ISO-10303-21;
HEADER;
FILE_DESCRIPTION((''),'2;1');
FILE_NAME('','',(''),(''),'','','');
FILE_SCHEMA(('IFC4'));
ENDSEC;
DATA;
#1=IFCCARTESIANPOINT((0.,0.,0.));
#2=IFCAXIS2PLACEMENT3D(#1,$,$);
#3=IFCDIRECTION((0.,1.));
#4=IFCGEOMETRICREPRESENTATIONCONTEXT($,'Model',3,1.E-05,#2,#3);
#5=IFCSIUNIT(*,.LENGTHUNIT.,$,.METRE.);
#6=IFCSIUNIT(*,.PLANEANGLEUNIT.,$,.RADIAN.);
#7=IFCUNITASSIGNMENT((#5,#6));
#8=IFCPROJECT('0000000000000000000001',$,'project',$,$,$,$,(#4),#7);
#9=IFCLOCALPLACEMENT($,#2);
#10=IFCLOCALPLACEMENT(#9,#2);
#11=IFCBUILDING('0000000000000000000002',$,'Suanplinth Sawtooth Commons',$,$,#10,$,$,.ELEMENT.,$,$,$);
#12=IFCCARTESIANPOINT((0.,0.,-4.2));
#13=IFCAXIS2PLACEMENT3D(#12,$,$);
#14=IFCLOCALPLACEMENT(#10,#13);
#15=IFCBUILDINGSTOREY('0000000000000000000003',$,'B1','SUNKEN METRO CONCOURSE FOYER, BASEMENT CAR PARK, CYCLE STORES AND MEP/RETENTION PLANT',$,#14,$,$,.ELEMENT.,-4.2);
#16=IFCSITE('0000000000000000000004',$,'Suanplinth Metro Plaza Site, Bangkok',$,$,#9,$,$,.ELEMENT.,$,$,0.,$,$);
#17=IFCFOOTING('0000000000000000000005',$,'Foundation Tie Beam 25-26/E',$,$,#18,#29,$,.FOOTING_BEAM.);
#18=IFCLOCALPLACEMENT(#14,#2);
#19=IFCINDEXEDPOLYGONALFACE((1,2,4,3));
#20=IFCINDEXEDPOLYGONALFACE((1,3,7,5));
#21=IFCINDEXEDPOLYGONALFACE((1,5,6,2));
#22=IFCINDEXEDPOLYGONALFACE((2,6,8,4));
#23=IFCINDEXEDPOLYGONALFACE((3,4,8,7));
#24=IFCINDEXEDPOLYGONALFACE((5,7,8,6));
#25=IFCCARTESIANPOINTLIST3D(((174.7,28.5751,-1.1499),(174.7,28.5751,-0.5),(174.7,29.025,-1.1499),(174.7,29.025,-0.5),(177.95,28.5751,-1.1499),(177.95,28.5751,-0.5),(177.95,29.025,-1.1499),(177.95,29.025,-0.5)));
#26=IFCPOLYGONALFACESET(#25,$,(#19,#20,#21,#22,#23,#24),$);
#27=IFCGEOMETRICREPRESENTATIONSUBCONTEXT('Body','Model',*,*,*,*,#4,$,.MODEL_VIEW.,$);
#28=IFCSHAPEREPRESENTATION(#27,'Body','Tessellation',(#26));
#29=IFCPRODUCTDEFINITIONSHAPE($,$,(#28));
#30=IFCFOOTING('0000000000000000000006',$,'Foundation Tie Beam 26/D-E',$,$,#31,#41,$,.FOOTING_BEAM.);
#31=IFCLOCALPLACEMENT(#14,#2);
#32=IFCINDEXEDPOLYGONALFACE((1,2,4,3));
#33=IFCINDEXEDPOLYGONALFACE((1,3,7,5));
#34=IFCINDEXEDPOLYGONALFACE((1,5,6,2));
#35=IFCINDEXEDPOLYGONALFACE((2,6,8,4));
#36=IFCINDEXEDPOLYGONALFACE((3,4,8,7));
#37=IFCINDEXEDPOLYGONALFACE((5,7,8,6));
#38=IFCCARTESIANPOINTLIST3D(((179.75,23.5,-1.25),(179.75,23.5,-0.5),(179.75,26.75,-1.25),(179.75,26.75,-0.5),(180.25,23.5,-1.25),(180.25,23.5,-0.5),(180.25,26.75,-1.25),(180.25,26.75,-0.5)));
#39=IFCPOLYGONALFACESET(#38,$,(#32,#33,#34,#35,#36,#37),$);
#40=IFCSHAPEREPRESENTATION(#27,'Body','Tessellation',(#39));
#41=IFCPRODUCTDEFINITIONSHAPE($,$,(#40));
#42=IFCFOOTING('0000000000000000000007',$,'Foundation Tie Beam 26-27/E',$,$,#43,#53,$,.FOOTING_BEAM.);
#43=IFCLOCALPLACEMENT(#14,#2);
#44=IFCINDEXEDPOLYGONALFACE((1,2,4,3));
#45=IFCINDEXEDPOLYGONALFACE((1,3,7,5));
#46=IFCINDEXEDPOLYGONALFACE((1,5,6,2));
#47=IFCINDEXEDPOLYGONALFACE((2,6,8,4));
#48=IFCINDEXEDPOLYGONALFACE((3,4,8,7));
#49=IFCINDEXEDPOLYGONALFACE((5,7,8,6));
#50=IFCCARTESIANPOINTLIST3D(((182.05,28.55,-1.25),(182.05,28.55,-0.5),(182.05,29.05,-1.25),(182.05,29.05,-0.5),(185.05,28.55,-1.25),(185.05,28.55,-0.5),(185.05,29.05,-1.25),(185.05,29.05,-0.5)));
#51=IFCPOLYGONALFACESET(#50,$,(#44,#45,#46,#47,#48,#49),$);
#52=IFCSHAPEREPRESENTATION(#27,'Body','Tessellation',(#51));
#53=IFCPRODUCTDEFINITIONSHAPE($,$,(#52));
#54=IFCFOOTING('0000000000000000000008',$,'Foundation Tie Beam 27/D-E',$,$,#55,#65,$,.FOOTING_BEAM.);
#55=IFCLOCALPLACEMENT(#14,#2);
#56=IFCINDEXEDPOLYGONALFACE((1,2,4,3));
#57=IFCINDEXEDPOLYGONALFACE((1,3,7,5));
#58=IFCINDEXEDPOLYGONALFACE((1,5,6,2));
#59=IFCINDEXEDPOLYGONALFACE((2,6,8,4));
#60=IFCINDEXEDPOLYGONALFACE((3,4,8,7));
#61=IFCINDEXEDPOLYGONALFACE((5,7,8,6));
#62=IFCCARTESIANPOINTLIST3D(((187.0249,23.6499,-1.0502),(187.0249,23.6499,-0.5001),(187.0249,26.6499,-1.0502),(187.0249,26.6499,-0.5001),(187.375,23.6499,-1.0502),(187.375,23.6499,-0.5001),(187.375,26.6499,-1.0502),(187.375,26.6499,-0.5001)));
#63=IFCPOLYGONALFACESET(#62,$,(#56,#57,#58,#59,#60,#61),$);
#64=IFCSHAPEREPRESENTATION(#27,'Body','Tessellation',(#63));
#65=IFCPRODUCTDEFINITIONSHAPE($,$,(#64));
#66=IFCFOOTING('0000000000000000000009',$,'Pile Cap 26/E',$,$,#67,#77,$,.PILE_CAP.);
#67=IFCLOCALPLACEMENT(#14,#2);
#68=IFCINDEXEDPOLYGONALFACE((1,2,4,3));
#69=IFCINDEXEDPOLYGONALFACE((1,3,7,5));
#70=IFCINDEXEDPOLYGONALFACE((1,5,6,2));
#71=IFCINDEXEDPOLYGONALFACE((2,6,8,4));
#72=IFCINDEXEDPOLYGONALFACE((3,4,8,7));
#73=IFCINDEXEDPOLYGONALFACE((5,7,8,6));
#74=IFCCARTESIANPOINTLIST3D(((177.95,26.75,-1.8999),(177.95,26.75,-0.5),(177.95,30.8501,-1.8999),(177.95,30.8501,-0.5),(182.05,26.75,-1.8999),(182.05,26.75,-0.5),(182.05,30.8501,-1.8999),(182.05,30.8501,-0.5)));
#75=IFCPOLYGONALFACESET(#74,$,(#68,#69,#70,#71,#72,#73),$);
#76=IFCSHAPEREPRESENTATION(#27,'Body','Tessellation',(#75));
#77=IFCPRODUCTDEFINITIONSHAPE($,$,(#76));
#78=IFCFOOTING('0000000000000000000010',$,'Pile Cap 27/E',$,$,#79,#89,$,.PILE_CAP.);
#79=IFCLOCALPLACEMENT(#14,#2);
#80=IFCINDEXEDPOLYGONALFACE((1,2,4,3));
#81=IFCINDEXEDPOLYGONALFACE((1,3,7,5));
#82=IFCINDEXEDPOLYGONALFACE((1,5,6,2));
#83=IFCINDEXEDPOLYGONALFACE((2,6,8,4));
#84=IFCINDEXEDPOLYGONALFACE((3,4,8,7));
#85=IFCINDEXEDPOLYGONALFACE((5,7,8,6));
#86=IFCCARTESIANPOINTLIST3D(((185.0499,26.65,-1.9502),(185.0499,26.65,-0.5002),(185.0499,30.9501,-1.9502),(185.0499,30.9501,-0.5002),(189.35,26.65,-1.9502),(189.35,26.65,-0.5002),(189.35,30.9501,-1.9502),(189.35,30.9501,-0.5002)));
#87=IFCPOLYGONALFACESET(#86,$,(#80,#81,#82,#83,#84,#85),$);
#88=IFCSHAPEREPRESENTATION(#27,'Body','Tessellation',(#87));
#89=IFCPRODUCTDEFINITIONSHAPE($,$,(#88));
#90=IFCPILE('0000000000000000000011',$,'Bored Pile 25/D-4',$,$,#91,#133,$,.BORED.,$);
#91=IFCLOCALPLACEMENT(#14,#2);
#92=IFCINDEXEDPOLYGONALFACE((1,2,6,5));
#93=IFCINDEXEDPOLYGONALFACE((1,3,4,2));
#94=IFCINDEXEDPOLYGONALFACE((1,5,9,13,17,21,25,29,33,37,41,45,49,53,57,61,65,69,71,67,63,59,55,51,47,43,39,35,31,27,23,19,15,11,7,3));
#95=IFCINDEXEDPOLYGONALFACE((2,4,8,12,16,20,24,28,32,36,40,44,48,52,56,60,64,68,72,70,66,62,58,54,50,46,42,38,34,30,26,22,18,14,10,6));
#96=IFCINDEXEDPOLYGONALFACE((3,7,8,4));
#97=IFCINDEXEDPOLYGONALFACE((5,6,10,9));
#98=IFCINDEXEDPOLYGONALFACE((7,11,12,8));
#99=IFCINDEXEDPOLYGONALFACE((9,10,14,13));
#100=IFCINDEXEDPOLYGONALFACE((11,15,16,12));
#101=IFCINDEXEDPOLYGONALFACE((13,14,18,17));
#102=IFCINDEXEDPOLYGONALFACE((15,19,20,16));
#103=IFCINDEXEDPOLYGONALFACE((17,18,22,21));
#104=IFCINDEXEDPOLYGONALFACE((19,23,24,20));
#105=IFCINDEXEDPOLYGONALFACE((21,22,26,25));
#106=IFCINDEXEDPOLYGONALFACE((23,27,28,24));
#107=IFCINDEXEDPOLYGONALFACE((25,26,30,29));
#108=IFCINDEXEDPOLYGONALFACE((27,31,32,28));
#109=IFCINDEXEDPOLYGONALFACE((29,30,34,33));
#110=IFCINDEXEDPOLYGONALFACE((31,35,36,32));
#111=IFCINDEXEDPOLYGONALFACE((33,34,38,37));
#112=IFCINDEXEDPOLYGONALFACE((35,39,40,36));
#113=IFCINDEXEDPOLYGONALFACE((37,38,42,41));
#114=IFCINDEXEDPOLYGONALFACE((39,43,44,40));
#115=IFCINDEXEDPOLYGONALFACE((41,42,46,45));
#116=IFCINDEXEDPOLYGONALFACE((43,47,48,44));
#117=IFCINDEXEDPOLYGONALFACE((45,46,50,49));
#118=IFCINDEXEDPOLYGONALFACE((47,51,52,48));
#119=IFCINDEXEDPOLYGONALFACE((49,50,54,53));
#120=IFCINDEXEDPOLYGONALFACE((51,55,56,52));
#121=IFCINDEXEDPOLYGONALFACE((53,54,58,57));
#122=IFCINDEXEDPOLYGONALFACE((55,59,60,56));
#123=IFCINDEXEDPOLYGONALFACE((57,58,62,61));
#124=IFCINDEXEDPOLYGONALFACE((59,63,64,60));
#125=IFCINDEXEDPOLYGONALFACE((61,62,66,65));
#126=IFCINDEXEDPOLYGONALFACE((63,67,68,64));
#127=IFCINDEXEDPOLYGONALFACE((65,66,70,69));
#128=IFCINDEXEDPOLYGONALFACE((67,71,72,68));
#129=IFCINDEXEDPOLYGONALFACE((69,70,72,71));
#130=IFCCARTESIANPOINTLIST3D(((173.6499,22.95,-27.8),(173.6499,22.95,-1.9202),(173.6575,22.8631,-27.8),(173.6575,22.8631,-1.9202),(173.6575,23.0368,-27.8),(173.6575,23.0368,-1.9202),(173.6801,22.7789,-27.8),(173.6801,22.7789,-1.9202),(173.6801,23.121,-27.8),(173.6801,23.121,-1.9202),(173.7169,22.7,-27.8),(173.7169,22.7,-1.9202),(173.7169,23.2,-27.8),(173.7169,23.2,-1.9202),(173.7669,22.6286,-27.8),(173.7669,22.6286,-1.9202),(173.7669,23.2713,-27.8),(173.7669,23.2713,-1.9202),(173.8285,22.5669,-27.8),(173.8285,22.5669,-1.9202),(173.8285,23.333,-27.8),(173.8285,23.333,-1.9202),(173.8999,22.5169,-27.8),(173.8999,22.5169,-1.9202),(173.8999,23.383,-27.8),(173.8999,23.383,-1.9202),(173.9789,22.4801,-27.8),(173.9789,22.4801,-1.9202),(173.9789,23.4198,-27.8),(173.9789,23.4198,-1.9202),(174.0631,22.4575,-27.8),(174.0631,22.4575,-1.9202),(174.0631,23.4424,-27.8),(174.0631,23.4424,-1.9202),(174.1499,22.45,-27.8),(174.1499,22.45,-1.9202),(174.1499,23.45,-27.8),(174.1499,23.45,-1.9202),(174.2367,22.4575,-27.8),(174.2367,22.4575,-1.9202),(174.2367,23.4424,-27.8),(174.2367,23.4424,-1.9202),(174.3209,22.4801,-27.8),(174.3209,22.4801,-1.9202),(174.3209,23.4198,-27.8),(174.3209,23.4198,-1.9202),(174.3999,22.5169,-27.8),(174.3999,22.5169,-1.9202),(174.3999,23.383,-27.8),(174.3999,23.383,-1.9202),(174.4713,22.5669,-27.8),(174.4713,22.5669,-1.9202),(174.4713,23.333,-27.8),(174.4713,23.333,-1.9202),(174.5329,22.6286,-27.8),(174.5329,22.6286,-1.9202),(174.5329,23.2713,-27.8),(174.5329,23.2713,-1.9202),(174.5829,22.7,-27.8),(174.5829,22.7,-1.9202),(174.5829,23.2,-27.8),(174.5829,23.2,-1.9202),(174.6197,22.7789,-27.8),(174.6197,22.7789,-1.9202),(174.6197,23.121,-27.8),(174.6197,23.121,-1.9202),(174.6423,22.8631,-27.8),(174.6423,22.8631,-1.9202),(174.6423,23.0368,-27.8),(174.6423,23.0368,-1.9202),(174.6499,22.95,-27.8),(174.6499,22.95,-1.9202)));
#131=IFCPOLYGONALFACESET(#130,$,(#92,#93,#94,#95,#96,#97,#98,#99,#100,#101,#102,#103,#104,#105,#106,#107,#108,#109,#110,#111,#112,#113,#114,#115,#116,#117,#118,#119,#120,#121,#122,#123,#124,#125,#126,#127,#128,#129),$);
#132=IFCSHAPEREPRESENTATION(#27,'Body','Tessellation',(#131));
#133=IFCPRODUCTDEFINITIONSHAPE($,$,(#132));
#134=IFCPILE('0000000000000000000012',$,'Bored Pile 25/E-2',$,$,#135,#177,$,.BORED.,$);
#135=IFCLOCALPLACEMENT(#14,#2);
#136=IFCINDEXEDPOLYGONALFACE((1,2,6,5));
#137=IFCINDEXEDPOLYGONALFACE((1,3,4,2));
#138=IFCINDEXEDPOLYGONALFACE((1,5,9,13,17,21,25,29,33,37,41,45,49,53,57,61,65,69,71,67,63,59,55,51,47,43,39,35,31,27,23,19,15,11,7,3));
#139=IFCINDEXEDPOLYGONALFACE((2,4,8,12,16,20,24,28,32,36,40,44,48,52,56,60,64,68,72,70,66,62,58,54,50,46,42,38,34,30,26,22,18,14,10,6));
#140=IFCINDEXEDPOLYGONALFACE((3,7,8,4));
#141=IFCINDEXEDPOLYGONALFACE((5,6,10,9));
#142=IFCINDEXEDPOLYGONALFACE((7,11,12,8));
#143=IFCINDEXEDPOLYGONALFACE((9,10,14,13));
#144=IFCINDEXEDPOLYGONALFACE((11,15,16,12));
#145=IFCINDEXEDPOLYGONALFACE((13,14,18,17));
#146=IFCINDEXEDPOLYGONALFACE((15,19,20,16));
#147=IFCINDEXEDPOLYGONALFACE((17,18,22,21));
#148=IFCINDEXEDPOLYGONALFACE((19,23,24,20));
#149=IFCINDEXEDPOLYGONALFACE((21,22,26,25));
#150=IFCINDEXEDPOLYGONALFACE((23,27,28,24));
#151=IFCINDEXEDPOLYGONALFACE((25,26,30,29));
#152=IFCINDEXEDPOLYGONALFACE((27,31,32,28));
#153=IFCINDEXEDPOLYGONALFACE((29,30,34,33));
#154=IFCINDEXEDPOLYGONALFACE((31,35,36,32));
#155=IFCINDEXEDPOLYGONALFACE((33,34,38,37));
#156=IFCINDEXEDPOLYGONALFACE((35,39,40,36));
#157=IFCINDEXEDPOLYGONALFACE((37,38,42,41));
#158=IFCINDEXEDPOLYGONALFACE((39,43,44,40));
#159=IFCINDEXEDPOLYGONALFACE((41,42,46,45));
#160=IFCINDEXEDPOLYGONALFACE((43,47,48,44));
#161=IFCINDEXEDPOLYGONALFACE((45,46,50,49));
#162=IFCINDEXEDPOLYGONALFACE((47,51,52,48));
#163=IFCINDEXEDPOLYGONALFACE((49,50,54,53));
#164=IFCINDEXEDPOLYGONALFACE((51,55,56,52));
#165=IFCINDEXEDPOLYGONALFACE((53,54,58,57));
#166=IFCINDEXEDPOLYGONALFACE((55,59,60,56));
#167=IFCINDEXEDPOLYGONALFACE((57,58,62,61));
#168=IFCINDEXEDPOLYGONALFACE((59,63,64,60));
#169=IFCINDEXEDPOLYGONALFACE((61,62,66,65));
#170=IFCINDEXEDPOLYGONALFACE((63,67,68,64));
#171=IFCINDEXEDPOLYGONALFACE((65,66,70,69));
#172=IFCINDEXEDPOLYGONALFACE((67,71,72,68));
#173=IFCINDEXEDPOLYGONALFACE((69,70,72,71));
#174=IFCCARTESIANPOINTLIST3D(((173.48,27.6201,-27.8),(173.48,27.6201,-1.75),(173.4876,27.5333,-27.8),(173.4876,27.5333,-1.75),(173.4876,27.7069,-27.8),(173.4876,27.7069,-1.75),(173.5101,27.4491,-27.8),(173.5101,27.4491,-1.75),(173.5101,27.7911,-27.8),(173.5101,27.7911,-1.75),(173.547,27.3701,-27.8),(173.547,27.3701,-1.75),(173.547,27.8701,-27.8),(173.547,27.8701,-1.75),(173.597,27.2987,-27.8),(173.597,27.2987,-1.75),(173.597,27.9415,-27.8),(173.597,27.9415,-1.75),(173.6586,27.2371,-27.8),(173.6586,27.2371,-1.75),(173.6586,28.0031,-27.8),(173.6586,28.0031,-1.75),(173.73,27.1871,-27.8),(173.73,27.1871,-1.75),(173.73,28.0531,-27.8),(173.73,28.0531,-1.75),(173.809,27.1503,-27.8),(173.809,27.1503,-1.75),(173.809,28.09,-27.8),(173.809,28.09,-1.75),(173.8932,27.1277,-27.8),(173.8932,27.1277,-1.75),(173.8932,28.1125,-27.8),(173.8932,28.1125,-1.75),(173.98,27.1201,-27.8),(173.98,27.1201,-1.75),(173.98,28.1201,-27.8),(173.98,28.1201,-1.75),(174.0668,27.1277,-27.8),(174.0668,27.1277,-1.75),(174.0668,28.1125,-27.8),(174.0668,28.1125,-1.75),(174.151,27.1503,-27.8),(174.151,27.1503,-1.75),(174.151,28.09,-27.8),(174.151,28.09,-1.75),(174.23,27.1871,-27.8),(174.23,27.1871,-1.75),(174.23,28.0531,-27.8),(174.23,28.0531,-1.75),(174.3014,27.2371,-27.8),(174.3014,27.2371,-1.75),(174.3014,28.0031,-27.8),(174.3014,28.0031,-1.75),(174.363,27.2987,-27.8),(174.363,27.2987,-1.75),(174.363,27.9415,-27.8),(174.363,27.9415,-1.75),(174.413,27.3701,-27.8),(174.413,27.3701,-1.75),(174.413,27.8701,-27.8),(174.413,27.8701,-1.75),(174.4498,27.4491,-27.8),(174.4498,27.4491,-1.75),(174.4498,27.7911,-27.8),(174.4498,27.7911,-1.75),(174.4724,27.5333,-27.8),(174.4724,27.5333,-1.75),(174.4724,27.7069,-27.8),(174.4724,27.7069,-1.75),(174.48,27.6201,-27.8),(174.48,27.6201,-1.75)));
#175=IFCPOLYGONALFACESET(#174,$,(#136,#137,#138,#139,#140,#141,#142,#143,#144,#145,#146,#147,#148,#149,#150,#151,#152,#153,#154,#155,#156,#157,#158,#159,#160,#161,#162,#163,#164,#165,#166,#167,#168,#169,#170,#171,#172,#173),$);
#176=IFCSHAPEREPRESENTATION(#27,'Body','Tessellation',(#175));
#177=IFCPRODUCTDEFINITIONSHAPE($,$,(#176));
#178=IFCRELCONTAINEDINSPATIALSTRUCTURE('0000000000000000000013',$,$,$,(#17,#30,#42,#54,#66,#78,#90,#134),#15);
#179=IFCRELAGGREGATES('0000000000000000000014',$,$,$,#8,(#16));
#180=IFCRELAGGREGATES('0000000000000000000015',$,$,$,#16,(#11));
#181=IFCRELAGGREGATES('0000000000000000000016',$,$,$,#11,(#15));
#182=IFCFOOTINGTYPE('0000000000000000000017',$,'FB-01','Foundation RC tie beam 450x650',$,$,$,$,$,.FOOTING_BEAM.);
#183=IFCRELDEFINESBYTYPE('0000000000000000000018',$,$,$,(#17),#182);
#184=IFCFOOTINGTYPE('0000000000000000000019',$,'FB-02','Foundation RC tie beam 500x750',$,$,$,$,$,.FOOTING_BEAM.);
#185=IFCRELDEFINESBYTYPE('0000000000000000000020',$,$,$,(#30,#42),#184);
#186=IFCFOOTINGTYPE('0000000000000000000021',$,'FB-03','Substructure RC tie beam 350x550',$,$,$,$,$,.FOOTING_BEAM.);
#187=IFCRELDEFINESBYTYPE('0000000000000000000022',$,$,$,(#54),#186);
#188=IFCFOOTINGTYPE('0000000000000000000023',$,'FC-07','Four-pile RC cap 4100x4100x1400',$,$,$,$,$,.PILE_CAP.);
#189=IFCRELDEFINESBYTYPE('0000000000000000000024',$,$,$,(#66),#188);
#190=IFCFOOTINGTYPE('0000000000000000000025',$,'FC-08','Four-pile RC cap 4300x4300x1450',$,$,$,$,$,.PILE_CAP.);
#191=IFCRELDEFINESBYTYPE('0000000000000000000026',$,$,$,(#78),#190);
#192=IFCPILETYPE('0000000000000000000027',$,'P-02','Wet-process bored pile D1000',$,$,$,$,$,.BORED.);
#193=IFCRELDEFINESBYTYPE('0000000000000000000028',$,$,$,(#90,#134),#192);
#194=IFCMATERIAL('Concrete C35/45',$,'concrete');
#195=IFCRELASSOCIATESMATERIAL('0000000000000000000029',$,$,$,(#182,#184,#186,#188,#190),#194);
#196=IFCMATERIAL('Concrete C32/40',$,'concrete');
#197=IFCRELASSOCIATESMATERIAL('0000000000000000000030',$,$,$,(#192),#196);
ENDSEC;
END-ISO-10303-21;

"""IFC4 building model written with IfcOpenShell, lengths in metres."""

from ifc_helpers import new_model, si_unit, direction, frame, origin, origin_2d, place, context, subcontext, project, spatial, rectangle, circle, extrude, material, material_profile, profile_set, type_object, element, save


model = new_model("IFC4")

# Units and contexts
model_context = context("Model", 3, precision=1e-05, world=origin(), true_north=direction((0.0, 1.0)))
body_context = subcontext(model_context, "Body", "Model", "MODEL_VIEW")
ifc_project = project(units=[si_unit("LENGTHUNIT", "METRE"), si_unit("PLANEANGLEUNIT", "RADIAN")], contexts=[model_context])

# Site, building, storey
site_placement = place(None, origin())
site = spatial("IfcSite", under=ifc_project, at=site_placement, Name="Suanplinth Metro Plaza Site, Bangkok", CompositionType="ELEMENT", RefElevation=0.0)
building_placement = place(site_placement, origin())
building = spatial("IfcBuilding", under=site, at=building_placement, Name="Suanplinth Sawtooth Commons", CompositionType="ELEMENT")
storey_placement = place(building_placement, frame((0.0, 0.0, -4.2)))
storey = spatial("IfcBuildingStorey", under=building, at=storey_placement, Name="B1", Description="SUNKEN METRO CONCOURSE FOYER, BASEMENT CAR PARK, CYCLE STORES AND MEP/RETENTION PLANT", CompositionType="ELEMENT", Elevation=-4.2)

# Footings
ifc_material_1 = material(Name="Concrete C35/45", Category="concrete")
ifc_material_profile_1 = material_profile(ifc_material_1, rectangle(XDim=0.45, YDim=0.6499, at=origin_2d()), Name="PC-GDR 450x650")
ifc_profile_set_1 = profile_set([ifc_material_profile_1], Name="Concrete C35/45")
footing_type_1 = type_object("IfcFootingType", Name="FB-01", Description="Foundation RC tie beam 450x650", PredefinedType="FOOTING_BEAM", material=ifc_profile_set_1)
footing_1_placement = place(storey_placement, frame((174.7, 28.8, -0.825), z_axis=(1.0, 0.0, 0.0), x_axis=(0.0, 1.0, 0.0)))
element("IfcFooting", 1, at=footing_1_placement, inside=storey, type_object=footing_type_1, Name="Foundation Tie Beam 25-26/E", PredefinedType="FOOTING_BEAM", context=body_context, shape_type="SweptSolid", body=[
    extrude(rectangle(XDim=0.45, YDim=0.6499, at=origin_2d()), origin(), (0.0, 0.0, 1.0), 3.25),
])
ifc_material_profile_2 = material_profile(ifc_material_1, rectangle(XDim=0.5, YDim=0.75, at=origin_2d()), Name="RC-GDR 500x750")
ifc_profile_set_2 = profile_set([ifc_material_profile_2], Name="Concrete C35/45")
footing_type_2 = type_object("IfcFootingType", Name="FB-02", Description="Foundation RC tie beam 500x750", PredefinedType="FOOTING_BEAM", material=ifc_profile_set_2)
footing_2_placement = place(storey_placement, frame((180.0, 23.5, -0.875), z_axis=(0.0, 1.0, 0.0), x_axis=(-1.0, 0.0, 0.0)))
element("IfcFooting", 2, at=footing_2_placement, inside=storey, type_object=footing_type_2, Name="Foundation Tie Beam 26/D-E", PredefinedType="FOOTING_BEAM", context=body_context, shape_type="SweptSolid", body=[
    extrude(rectangle(XDim=0.5, YDim=0.75, at=origin_2d()), origin(), (0.0, 0.0, 1.0), 3.25),
])
footing_3_placement = place(storey_placement, frame((182.05, 28.8, -0.875), z_axis=(1.0, 0.0, 0.0), x_axis=(0.0, 1.0, 0.0)))
element("IfcFooting", 3, at=footing_3_placement, inside=storey, type_object=footing_type_2, Name="Foundation Tie Beam 26-27/E", PredefinedType="FOOTING_BEAM", context=body_context, shape_type="SweptSolid", body=[
    extrude(rectangle(XDim=0.5, YDim=0.75, at=origin_2d()), origin(), (0.0, 0.0, 1.0), 3.0),
])
ifc_material_profile_3 = material_profile(ifc_material_1, rectangle(XDim=0.3501, YDim=0.55, at=origin_2d()), Name="PC-BM 350x550")
ifc_profile_set_3 = profile_set([ifc_material_profile_3], Name="Concrete C35/45")
footing_type_3 = type_object("IfcFootingType", Name="FB-03", Description="Substructure RC tie beam 350x550", PredefinedType="FOOTING_BEAM", material=ifc_profile_set_3)
footing_4_placement = place(storey_placement, frame((187.2, 23.6499, -0.7751), z_axis=(0.0, 1.0, 0.0), x_axis=(-1.0, 0.0, 0.0)))
element("IfcFooting", 4, at=footing_4_placement, inside=storey, type_object=footing_type_3, Name="Foundation Tie Beam 27/D-E", PredefinedType="FOOTING_BEAM", context=body_context, shape_type="SweptSolid", body=[
    extrude(rectangle(XDim=0.3501, YDim=0.55, at=origin_2d()), origin(), (0.0, 0.0, 1.0), 3.0),
])
footing_type_4 = type_object("IfcFootingType", Name="FC-07", Description="Four-pile RC cap 4100x4100x1400", PredefinedType="PILE_CAP", material=ifc_material_1)
footing_5_placement = place(storey_placement, frame((180.0, 28.8, -1.8999), z_axis=(0.0, 0.0, 1.0), x_axis=(1.0, 0.0, 0.0)))
element("IfcFooting", 5, at=footing_5_placement, inside=storey, type_object=footing_type_4, Name="Pile Cap 26/E", PredefinedType="PILE_CAP", context=body_context, shape_type="SweptSolid", body=[
    extrude(rectangle(XDim=4.1001, YDim=4.1001, at=origin_2d()), origin(), (0.0, 0.0, 1.0), 1.3999),
])
footing_type_5 = type_object("IfcFootingType", Name="FC-08", Description="Four-pile RC cap 4300x4300x1450", PredefinedType="PILE_CAP", material=ifc_material_1)
footing_6_placement = place(storey_placement, frame((187.2, 28.8, -1.9502), z_axis=(0.0, 0.0, 1.0), x_axis=(1.0, 0.0, 0.0)))
element("IfcFooting", 6, at=footing_6_placement, inside=storey, type_object=footing_type_5, Name="Pile Cap 27/E", PredefinedType="PILE_CAP", context=body_context, shape_type="SweptSolid", body=[
    extrude(rectangle(XDim=4.3, YDim=4.3, at=origin_2d()), origin(), (0.0, 0.0, 1.0), 1.45),
])

# Piles
ifc_material_2 = material(Name="Concrete C32/40", Category="concrete")
ifc_material_profile_4 = material_profile(ifc_material_2, circle(Radius=0.5, at=origin_2d()), Name="PILE D1000")
ifc_profile_set_4 = profile_set([ifc_material_profile_4], Name="Concrete C32/40")
pile_type = type_object("IfcPileType", Name="P-02", Description="Wet-process bored pile D1000", PredefinedType="BORED", material=ifc_profile_set_4)
pile_placement = place(storey_placement, frame((174.1499, 22.95, -1.9202), z_axis=(0.0, 0.0, -1.0), x_axis=(1.0, 0.0, 0.0)))
element("IfcPile", 7, at=pile_placement, inside=storey, type_object=pile_type, Name="Bored Pile 25/D-4", PredefinedType="BORED", context=body_context, shape_type="SweptSolid", body=[
    extrude(circle(Radius=0.5, at=origin_2d()), origin(), (0.0, 0.0, 1.0), 25.8799),
])
for number, where, z_axis, x_axis, name in (
    (8, (173.98, 27.6201, -1.75), (0.0, 0.0, -1.0), (1.0, 0.0, 0.0), "Bored Pile 25/E-2"),
):
    element("IfcPile", number, at=place(storey_placement, frame(where, z_axis=z_axis, x_axis=x_axis)), inside=storey, type_object=pile_type, Name=name, PredefinedType="BORED", context=body_context, shape_type="SweptSolid", body=[
        extrude(circle(Radius=0.5, at=origin_2d()), origin(), (0.0, 0.0, 1.0), 26.05),
    ])

save(model, "model.ifc")
